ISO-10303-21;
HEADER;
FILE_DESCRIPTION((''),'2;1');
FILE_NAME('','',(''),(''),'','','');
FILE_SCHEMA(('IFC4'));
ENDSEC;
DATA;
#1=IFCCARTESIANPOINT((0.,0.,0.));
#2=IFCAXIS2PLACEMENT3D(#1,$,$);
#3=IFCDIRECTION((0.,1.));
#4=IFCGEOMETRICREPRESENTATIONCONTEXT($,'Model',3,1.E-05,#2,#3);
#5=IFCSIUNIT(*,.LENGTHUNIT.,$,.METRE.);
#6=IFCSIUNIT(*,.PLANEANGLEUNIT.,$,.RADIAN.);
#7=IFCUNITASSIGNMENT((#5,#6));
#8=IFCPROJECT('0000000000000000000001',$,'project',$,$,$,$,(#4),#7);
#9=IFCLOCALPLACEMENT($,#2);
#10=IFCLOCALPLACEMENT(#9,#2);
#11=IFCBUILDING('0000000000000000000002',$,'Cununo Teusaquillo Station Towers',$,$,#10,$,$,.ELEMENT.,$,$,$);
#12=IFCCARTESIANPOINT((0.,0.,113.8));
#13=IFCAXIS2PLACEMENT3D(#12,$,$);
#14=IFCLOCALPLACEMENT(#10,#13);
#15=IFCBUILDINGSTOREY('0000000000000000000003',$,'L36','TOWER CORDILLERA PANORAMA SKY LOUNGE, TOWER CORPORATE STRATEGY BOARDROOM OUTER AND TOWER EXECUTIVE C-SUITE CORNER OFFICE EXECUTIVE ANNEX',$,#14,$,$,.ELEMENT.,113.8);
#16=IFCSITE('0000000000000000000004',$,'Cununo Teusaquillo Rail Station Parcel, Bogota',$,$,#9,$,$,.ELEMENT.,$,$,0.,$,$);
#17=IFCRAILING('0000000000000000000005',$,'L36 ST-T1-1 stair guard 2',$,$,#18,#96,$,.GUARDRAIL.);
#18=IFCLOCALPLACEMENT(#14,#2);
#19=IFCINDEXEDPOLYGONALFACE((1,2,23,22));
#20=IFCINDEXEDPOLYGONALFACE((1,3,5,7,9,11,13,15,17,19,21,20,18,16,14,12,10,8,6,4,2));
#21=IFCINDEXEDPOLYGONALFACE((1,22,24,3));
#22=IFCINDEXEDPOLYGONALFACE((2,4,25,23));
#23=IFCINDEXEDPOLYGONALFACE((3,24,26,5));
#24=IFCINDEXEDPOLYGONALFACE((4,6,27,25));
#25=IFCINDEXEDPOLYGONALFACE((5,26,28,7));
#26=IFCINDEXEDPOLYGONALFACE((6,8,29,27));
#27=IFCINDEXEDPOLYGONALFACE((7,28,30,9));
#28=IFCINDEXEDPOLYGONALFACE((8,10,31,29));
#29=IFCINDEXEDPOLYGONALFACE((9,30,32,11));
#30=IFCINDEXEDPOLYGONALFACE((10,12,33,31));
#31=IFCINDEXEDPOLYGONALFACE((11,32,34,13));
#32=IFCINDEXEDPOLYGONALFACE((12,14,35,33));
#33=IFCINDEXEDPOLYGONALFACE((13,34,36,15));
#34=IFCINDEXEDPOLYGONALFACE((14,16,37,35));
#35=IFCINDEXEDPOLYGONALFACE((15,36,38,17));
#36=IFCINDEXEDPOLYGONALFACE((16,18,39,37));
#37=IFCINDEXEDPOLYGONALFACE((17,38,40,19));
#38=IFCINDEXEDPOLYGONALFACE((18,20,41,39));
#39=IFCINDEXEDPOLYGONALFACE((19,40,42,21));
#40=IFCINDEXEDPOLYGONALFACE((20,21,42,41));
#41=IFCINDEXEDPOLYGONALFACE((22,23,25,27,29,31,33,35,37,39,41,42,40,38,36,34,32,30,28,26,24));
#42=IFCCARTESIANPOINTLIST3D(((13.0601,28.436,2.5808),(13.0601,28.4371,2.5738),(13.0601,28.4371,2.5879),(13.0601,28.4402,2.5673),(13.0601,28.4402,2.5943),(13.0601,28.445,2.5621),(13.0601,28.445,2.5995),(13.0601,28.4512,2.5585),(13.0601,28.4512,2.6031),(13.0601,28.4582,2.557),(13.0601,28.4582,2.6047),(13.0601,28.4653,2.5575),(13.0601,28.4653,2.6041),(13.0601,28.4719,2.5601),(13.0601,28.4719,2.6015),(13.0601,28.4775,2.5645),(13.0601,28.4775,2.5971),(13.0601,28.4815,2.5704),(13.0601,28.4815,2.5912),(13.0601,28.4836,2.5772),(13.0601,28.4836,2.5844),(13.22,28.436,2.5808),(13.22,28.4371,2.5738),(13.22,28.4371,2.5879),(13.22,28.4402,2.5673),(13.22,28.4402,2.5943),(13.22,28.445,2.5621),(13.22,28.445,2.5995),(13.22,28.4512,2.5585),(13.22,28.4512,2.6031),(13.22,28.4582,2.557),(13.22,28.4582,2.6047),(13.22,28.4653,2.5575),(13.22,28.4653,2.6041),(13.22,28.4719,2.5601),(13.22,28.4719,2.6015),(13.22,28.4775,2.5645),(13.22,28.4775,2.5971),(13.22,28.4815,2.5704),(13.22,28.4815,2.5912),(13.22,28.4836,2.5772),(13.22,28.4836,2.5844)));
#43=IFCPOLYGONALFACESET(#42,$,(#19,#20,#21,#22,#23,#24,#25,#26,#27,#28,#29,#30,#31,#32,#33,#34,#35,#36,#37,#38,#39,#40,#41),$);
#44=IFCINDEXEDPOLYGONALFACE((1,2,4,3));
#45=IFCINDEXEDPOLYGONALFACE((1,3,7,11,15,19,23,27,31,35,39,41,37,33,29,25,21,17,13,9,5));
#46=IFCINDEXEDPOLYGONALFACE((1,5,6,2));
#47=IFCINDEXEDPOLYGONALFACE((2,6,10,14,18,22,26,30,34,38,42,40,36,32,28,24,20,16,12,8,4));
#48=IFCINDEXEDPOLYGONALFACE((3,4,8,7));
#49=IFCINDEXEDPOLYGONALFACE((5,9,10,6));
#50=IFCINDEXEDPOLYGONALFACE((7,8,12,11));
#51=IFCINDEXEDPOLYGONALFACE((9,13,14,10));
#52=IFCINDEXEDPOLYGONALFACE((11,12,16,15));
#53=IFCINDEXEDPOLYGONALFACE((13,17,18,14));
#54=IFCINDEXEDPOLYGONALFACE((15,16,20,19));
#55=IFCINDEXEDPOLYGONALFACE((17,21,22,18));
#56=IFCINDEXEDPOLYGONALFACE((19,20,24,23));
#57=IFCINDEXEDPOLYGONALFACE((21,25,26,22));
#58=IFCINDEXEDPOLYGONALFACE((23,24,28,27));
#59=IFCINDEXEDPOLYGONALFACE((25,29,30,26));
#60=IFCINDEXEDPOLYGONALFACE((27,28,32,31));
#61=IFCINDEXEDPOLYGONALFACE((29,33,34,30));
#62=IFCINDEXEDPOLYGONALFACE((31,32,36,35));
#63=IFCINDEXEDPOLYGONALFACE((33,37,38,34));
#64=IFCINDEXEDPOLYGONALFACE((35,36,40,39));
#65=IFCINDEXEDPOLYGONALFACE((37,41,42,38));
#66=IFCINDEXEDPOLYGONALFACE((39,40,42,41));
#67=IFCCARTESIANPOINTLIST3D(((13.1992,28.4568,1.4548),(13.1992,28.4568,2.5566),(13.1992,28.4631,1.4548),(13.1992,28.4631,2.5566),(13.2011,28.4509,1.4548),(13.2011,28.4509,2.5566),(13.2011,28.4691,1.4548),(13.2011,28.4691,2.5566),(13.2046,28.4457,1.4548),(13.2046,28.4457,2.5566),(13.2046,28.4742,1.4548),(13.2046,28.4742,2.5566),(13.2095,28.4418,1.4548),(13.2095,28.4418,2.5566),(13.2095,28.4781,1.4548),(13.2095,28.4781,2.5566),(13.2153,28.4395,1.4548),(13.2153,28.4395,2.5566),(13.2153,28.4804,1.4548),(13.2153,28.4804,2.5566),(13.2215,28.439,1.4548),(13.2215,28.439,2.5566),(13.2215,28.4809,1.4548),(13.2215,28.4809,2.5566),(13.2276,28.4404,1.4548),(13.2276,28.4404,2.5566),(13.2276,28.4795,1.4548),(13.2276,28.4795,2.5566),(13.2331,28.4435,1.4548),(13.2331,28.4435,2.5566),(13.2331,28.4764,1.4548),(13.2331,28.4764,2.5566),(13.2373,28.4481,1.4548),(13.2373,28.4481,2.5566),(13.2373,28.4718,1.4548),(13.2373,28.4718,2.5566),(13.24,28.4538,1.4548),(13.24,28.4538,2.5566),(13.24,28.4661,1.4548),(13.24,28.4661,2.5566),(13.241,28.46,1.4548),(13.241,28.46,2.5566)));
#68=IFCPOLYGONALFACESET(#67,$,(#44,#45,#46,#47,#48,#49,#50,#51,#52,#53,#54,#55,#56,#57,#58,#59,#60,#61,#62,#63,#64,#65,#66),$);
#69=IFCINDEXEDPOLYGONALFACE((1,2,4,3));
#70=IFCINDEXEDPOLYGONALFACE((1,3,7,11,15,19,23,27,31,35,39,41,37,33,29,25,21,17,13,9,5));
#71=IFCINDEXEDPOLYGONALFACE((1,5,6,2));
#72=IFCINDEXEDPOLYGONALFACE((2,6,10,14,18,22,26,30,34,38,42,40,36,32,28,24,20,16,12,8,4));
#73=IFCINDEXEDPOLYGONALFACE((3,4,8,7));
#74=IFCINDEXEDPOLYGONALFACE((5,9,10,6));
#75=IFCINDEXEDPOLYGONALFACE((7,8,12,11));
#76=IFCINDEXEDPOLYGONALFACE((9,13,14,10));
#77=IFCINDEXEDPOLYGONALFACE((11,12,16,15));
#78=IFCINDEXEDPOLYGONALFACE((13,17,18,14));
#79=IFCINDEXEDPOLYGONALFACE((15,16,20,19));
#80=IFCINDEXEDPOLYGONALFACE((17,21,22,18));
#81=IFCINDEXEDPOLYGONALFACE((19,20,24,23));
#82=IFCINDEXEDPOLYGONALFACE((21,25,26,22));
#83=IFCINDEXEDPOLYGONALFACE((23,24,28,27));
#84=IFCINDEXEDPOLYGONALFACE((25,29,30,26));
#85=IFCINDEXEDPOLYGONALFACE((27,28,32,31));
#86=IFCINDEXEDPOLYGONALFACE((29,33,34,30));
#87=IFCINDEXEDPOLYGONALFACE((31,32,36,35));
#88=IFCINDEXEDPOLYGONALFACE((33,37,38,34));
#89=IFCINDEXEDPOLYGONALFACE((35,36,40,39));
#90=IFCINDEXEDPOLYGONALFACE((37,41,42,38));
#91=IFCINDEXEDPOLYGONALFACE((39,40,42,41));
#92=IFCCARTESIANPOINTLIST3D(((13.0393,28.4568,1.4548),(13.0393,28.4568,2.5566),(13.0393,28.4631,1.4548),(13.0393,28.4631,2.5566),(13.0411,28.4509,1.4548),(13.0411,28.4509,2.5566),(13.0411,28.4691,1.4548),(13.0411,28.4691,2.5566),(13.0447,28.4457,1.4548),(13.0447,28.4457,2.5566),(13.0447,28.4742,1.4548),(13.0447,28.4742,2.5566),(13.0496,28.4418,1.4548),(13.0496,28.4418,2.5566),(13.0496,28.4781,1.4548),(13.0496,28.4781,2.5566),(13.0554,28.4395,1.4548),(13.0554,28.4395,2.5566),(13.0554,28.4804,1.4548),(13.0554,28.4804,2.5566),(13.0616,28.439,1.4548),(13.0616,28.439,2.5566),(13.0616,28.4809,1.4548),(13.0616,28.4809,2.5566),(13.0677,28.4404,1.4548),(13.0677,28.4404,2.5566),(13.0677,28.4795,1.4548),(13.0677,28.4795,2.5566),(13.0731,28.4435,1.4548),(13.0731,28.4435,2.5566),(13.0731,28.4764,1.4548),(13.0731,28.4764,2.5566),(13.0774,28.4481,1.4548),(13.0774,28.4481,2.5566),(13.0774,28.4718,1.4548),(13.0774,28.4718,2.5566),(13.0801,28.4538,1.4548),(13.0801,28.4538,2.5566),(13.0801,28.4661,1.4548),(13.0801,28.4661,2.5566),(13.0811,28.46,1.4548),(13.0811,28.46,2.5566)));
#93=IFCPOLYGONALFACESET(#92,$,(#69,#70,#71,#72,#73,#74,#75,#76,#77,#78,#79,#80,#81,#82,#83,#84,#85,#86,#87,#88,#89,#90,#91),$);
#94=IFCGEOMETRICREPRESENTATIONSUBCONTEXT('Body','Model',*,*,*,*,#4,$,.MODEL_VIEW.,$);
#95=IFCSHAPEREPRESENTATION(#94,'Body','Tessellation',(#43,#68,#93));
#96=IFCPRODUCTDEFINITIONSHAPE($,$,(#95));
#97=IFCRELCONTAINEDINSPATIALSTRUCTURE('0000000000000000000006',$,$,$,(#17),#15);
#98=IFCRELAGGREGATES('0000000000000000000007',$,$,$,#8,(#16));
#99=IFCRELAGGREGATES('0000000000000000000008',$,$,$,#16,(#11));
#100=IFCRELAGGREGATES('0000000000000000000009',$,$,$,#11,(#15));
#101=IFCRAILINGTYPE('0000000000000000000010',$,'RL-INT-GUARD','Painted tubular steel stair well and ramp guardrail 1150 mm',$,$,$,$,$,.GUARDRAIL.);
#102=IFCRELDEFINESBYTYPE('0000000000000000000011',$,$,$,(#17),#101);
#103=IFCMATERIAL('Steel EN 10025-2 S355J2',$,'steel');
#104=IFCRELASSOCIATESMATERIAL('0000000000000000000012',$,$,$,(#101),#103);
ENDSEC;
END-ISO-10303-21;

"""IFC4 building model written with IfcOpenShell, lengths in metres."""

from ifc_helpers import new_model, si_unit, direction, frame, origin, origin_2d, place, context, subcontext, project, spatial, circle, extrude, material, type_object, element, save


model = new_model("IFC4")

# Units and contexts
model_context = context("Model", 3, precision=1e-05, world=origin(), true_north=direction((0.0, 1.0)))
body_context = subcontext(model_context, "Body", "Model", "MODEL_VIEW")
ifc_project = project(units=[si_unit("LENGTHUNIT", "METRE"), si_unit("PLANEANGLEUNIT", "RADIAN")], contexts=[model_context])

# Site, building, storey
site_placement = place(None, origin())
site = spatial("IfcSite", under=ifc_project, at=site_placement, Name="Cununo Teusaquillo Rail Station Parcel, Bogota", CompositionType="ELEMENT", RefElevation=0.0)
building_placement = place(site_placement, origin())
building = spatial("IfcBuilding", under=site, at=building_placement, Name="Cununo Teusaquillo Station Towers", CompositionType="ELEMENT")
storey_placement = place(building_placement, frame((0.0, 0.0, 113.8)))
storey = spatial("IfcBuildingStorey", under=building, at=storey_placement, Name="L36", Description="TOWER CORDILLERA PANORAMA SKY LOUNGE, TOWER CORPORATE STRATEGY BOARDROOM OUTER AND TOWER EXECUTIVE C-SUITE CORNER OFFICE EXECUTIVE ANNEX", CompositionType="ELEMENT", Elevation=113.8)

# Railing
ifc_material_1 = material(Name="Steel EN 10025-2 S355J2", Category="steel")
railing_type_1 = type_object("IfcRailingType", Name="RL-INT-GUARD", Description="Painted tubular steel stair well and ramp guardrail 1150 mm", PredefinedType="GUARDRAIL", material=ifc_material_1)
railing_1_placement = place(storey_placement, frame((13.22, 28.46, 1.4548)))
element("IfcRailing", 1, at=railing_1_placement, inside=storey, type_object=railing_type_1, Name="L36 ST-T1-1 stair guard 2", PredefinedType="GUARDRAIL", context=body_context, shape_type="SweptSolid", body=[
    extrude(circle(Radius=0.0239, at=origin_2d()), frame((0.0, 0.0, 1.126), z_axis=(-1.0, 0.0, 0.0), x_axis=(0.0, -1.0, 0.0)), (0.0, 0.0, 1.0), 0.1599),
    extrude(circle(Radius=0.021, at=origin_2d()), origin(), (0.0, 0.0, 1.0), 1.1018),
    extrude(circle(Radius=0.021, at=origin_2d()), frame((-0.1599, 0.0, 0.0)), (0.0, 0.0, 1.0), 1.1018),
])

save(model, "model.ifc")
